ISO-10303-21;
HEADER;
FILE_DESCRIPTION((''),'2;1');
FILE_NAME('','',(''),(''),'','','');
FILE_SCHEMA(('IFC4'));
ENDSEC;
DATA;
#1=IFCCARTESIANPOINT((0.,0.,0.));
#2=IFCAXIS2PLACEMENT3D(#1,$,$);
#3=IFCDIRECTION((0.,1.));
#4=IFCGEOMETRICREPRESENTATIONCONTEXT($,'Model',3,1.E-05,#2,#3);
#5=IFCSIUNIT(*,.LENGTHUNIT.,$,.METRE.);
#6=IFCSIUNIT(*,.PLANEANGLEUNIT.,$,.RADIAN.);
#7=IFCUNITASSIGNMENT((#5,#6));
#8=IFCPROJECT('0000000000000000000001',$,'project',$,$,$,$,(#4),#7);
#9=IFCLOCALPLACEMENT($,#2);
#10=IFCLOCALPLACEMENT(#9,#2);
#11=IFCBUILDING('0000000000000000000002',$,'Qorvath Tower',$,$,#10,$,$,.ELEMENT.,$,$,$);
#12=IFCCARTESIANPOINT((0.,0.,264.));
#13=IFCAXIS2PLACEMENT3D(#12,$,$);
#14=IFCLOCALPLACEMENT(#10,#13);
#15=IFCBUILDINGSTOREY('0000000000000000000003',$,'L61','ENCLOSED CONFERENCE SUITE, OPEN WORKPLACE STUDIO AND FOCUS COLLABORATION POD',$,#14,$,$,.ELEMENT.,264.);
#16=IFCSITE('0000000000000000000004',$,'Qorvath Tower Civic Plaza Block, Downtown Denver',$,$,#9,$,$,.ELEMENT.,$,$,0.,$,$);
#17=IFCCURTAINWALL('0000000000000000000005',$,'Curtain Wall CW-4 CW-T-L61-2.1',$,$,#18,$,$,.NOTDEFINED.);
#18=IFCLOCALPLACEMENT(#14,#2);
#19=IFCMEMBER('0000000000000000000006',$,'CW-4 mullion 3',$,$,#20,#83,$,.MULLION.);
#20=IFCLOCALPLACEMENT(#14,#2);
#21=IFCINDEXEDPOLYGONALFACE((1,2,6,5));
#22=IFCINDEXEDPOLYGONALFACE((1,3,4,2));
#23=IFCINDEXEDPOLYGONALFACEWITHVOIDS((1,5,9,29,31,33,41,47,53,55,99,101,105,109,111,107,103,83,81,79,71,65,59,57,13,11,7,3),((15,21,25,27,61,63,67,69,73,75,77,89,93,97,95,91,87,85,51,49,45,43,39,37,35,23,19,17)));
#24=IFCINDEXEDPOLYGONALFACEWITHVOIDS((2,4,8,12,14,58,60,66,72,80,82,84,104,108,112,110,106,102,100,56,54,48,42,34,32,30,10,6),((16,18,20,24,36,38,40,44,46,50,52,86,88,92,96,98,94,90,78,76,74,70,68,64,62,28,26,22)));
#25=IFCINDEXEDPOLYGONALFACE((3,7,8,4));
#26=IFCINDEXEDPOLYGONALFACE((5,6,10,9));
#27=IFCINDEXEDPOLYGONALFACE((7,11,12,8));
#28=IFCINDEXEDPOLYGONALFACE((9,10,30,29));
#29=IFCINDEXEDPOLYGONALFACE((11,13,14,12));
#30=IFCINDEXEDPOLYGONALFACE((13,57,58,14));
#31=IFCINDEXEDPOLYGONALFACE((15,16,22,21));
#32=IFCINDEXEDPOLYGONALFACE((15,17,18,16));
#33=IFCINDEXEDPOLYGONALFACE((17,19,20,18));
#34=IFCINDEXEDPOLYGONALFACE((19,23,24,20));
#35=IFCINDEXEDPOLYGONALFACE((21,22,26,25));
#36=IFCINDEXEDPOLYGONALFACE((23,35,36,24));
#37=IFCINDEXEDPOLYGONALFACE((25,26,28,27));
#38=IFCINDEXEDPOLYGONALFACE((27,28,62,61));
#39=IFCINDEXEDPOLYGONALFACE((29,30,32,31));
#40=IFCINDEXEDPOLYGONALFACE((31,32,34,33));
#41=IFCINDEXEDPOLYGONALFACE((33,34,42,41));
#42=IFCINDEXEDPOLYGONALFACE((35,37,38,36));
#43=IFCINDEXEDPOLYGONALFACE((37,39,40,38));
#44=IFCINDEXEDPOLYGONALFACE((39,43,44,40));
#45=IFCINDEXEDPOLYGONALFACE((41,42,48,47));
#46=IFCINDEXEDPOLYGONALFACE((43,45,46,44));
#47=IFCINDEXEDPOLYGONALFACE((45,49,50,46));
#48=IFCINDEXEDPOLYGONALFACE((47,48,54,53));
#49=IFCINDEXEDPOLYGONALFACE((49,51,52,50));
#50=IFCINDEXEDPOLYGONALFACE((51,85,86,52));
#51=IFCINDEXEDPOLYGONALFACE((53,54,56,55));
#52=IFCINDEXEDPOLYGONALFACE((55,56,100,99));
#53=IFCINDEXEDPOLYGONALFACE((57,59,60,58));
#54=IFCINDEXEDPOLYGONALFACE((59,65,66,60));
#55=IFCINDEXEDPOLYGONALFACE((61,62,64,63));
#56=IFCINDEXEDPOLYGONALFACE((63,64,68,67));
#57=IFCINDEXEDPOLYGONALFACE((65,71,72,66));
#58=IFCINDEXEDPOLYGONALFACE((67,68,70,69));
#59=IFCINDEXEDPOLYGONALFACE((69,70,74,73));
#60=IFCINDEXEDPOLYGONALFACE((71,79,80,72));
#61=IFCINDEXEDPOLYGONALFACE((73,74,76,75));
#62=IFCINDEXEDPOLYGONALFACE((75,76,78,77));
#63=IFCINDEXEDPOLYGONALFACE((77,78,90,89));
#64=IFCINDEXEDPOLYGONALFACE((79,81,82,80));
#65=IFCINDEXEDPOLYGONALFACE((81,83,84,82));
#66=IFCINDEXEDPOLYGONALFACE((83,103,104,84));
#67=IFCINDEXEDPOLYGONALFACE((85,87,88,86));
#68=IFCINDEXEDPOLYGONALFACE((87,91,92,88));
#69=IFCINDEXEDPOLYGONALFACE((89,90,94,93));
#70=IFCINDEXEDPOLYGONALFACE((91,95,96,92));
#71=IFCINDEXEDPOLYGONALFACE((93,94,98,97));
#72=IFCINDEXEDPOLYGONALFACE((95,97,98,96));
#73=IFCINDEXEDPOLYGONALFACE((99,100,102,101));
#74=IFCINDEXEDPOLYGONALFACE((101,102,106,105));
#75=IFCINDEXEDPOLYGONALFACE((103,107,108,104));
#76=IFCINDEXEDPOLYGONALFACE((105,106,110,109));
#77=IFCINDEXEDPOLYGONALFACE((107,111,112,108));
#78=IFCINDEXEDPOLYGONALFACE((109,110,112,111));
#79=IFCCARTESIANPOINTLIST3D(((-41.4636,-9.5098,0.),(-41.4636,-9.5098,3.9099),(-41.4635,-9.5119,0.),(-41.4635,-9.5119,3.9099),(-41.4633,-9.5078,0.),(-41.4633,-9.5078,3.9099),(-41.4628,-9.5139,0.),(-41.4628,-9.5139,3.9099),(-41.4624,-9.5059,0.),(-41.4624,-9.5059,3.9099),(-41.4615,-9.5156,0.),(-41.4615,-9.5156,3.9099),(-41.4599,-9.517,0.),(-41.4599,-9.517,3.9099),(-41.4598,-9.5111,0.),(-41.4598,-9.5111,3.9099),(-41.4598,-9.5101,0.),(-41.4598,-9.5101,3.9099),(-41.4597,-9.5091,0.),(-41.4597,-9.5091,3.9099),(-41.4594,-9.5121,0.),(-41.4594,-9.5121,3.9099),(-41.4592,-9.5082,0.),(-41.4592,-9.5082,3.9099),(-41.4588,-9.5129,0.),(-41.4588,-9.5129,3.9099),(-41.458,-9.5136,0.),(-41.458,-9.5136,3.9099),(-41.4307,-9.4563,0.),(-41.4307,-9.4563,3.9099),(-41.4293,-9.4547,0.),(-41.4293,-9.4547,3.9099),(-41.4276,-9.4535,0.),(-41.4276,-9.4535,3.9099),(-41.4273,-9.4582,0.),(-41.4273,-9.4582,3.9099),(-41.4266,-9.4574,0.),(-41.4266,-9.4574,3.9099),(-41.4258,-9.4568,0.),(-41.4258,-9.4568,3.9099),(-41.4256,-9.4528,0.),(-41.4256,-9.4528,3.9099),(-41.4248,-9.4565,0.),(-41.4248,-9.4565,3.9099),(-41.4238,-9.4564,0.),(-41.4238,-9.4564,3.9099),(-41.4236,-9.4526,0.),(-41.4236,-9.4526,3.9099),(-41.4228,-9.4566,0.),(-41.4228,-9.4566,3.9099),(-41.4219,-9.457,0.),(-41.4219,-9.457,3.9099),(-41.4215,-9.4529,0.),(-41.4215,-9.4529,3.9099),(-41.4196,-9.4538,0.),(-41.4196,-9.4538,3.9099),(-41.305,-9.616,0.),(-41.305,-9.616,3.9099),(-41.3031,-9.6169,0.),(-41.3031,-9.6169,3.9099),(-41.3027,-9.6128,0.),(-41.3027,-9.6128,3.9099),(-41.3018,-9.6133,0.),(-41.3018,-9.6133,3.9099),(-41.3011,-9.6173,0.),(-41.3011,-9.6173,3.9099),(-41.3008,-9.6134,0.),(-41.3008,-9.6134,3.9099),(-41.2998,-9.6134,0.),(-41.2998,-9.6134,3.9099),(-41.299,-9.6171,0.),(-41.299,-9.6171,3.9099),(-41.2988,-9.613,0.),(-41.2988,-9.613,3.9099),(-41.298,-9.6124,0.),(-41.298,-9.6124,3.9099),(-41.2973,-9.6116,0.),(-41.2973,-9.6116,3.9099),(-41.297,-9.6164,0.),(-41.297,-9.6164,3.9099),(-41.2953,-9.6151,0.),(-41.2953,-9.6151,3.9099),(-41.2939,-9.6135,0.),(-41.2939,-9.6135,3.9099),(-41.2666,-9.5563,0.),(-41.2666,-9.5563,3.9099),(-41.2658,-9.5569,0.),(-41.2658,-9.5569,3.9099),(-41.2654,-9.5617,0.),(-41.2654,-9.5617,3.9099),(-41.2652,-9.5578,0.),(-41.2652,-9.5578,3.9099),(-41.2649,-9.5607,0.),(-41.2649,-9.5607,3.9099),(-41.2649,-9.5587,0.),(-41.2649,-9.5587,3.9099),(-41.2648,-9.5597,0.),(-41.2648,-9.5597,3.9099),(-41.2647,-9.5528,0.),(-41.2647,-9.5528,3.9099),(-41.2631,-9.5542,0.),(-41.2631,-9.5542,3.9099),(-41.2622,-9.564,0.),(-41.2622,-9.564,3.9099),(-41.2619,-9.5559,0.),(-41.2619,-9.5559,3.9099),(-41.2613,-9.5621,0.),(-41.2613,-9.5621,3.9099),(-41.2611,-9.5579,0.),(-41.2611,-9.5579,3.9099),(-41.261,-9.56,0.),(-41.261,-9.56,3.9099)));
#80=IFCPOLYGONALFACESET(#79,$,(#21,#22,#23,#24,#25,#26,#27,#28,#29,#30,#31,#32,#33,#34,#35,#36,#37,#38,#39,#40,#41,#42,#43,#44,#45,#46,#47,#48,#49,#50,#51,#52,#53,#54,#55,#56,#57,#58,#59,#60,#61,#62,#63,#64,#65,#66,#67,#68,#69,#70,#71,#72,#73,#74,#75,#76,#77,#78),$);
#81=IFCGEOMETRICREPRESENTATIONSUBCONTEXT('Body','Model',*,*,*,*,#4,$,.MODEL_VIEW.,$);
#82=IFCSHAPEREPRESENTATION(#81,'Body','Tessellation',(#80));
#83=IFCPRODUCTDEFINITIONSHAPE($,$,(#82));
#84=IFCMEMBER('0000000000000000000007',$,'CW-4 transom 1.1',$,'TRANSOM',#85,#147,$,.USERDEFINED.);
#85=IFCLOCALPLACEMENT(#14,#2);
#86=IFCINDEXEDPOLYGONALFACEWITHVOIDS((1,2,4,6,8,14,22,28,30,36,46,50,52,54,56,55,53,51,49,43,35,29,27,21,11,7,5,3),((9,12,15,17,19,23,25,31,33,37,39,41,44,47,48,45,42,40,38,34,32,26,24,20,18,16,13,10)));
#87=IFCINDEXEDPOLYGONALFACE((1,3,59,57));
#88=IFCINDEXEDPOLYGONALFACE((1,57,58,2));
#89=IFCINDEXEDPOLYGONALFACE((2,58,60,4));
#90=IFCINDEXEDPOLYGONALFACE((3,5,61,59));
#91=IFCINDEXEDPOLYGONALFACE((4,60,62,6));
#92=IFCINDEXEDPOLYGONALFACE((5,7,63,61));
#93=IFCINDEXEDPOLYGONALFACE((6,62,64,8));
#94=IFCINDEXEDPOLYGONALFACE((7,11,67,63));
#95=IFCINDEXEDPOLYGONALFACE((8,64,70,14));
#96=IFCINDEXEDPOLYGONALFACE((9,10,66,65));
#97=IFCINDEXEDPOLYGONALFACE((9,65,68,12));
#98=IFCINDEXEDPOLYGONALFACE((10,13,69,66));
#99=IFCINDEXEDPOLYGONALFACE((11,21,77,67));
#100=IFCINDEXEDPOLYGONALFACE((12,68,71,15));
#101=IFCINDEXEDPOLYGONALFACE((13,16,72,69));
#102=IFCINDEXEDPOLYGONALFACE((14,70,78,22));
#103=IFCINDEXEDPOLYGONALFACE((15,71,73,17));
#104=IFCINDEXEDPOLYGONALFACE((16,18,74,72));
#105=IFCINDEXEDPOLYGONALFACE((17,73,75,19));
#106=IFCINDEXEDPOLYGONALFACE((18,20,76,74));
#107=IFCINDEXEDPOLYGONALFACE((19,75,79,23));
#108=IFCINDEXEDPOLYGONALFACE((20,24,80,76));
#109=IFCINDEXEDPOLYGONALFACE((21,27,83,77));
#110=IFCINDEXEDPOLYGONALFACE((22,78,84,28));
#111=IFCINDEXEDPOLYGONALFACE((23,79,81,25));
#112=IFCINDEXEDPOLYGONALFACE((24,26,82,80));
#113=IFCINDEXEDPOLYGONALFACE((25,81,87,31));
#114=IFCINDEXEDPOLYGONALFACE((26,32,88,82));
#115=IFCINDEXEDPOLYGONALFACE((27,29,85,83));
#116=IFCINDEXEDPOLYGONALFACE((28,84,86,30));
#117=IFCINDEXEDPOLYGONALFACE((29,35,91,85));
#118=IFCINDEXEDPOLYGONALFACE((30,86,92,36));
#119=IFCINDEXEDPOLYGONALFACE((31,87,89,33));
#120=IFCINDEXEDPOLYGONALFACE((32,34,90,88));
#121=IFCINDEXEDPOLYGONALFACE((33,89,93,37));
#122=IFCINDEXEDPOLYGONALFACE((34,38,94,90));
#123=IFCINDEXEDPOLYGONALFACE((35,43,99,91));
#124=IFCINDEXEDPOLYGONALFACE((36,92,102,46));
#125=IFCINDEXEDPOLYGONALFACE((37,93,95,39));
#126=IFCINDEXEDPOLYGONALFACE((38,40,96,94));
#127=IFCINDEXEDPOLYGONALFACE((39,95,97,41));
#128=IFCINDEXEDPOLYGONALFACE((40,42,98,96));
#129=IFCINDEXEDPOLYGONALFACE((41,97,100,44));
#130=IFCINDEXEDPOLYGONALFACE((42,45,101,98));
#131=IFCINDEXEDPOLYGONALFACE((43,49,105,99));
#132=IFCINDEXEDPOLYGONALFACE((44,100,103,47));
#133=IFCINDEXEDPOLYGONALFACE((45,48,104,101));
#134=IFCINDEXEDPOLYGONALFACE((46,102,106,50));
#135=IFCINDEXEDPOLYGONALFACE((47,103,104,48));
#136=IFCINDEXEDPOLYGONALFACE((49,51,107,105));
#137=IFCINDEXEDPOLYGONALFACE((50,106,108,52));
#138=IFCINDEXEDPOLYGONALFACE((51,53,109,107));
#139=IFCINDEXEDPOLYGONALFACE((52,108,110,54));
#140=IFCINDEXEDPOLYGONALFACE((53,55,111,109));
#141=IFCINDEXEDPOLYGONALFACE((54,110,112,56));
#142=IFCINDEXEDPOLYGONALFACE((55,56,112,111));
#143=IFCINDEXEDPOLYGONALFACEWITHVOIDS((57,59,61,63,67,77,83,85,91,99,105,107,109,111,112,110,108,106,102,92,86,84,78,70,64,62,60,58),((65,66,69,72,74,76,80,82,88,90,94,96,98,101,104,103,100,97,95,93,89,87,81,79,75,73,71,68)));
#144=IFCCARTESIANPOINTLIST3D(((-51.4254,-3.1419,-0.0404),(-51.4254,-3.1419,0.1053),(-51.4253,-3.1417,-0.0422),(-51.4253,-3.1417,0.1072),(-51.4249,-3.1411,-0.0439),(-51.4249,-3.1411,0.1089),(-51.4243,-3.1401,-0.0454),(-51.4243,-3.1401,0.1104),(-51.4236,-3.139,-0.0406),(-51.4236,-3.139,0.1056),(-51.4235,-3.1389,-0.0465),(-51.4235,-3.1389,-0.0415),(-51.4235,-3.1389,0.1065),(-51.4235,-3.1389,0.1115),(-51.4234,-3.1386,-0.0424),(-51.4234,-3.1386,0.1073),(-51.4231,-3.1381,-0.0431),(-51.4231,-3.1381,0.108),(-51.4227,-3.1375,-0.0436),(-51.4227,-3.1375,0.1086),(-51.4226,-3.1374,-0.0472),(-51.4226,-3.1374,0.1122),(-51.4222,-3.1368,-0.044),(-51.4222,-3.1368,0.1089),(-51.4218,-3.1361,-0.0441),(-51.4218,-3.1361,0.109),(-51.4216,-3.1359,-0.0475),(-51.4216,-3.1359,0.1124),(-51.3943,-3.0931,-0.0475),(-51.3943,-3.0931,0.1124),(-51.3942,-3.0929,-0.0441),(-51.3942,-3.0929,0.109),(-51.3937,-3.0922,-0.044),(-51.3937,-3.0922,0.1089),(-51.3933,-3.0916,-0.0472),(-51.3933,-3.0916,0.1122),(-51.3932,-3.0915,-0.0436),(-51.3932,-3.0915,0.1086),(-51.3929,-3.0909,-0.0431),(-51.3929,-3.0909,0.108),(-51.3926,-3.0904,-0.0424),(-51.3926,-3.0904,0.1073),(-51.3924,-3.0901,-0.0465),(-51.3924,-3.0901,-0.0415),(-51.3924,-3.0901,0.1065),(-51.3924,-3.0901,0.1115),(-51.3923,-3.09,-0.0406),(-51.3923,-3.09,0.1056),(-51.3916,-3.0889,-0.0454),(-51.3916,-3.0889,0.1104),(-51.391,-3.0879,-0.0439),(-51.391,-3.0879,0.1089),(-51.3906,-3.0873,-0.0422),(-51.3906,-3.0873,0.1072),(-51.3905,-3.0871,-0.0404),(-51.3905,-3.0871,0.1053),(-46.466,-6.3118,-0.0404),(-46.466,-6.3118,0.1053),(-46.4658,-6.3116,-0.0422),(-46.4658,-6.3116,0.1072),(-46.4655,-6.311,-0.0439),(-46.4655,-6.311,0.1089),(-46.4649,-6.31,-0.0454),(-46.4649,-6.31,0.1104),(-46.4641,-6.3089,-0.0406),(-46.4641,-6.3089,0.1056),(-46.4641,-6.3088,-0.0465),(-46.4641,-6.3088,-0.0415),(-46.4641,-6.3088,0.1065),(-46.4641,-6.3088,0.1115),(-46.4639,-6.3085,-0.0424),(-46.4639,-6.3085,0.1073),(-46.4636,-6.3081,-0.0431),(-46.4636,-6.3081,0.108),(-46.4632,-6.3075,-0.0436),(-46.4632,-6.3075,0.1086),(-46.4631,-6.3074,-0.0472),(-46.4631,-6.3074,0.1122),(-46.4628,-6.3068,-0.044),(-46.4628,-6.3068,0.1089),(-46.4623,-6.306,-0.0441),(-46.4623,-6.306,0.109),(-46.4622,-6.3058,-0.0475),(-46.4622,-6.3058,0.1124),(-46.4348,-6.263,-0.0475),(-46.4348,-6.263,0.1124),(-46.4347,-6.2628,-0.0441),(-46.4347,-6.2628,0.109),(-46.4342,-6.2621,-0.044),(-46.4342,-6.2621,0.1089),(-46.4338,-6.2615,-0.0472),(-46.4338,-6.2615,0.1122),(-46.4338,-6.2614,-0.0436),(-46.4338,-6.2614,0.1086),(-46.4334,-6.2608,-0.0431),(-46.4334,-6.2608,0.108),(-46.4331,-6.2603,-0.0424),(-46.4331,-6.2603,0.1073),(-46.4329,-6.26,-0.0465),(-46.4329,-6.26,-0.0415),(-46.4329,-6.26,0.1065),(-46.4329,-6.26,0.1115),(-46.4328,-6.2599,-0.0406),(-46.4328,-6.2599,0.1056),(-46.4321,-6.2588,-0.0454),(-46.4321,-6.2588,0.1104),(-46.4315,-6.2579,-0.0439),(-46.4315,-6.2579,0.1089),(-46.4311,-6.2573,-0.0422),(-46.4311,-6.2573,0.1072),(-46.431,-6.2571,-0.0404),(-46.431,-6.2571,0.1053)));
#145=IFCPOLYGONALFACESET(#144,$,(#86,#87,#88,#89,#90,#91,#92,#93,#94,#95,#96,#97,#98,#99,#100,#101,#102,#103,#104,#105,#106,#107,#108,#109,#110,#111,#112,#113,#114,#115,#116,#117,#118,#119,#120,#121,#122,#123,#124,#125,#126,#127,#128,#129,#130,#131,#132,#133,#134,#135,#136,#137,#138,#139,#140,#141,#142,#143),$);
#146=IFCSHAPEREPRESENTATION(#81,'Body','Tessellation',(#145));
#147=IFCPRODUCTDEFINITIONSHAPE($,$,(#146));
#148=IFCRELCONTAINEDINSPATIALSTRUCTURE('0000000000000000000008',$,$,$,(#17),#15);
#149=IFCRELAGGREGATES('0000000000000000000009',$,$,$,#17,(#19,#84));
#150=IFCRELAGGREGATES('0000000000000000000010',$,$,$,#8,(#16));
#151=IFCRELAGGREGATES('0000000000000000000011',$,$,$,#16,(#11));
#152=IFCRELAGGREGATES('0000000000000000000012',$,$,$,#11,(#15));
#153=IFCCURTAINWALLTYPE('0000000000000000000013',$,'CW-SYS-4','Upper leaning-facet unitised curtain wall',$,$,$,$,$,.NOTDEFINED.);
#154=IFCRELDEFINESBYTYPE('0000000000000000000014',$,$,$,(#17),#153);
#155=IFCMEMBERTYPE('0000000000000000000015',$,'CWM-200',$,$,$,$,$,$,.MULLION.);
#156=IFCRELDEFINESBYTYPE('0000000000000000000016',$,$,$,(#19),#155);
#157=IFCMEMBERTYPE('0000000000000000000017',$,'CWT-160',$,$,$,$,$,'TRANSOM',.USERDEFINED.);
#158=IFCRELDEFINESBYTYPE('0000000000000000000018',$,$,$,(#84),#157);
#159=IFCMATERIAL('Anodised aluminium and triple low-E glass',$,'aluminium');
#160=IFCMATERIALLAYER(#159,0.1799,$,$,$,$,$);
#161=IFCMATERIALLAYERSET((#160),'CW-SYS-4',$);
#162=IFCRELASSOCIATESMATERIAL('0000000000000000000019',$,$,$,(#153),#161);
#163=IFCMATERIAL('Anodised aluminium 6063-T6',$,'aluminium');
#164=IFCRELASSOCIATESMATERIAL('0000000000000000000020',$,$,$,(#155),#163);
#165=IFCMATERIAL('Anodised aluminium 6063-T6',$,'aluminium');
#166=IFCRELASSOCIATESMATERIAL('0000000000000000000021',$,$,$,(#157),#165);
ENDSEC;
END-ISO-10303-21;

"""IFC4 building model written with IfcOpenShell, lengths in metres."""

from ifc_helpers import new_model, si_unit, direction, frame, origin, origin_2d, place, context, subcontext, project, spatial, hollow_rectangle, extrude, material, layer, layer_set, material_profile, profile_set, type_object, element, aggregate, save


model = new_model("IFC4")

# Units and contexts
model_context = context("Model", 3, precision=1e-05, world=origin(), true_north=direction((0.0, 1.0)))
body_context = subcontext(model_context, "Body", "Model", "MODEL_VIEW")
ifc_project = project(units=[si_unit("LENGTHUNIT", "METRE"), si_unit("PLANEANGLEUNIT", "RADIAN")], contexts=[model_context])

# Site, building, storey
site_placement = place(None, origin())
site = spatial("IfcSite", under=ifc_project, at=site_placement, Name="Qorvath Tower Civic Plaza Block, Downtown Denver", CompositionType="ELEMENT", RefElevation=0.0)
building_placement = place(site_placement, origin())
building = spatial("IfcBuilding", under=site, at=building_placement, Name="Qorvath Tower", CompositionType="ELEMENT")
storey_placement = place(building_placement, frame((0.0, 0.0, 264.0)))
storey = spatial("IfcBuildingStorey", under=building, at=storey_placement, Name="L61", Description="ENCLOSED CONFERENCE SUITE, OPEN WORKPLACE STUDIO AND FOCUS COLLABORATION POD", CompositionType="ELEMENT", Elevation=264.0)

# Curtain wall, members
ifc_material_1 = material(Name="Anodised aluminium and triple low-E glass", Category="aluminium")
ifc_layer_1 = layer(ifc_material_1, 0.1799)
ifc_layer_set_1 = layer_set([ifc_layer_1], Name="CW-SYS-4")
curtain_wall_type = type_object("IfcCurtainWallType", Name="CW-SYS-4", Description="Upper leaning-facet unitised curtain wall", PredefinedType="NOTDEFINED", material=ifc_layer_set_1)
curtain_wall_placement = place(storey_placement, origin())
curtain_wall = element("IfcCurtainWall", 1, at=curtain_wall_placement, inside=storey, type_object=curtain_wall_type, Name="Curtain Wall CW-4 CW-T-L61-2.1", PredefinedType="NOTDEFINED")
ifc_material_2 = material(Name="Anodised aluminium 6063-T6", Category="aluminium")
ifc_material_profile_1 = material_profile(ifc_material_2, hollow_rectangle(XDim=0.075, YDim=0.2, WallThickness=0.0039, InnerFilletRadius=0.0039, OuterFilletRadius=0.0081, at=origin_2d()), Name="CWM 200x75")
ifc_profile_set_1 = profile_set([ifc_material_profile_1], Name="Anodised aluminium 6063-T6")
member_type_1 = type_object("IfcMemberType", Name="CWM-200", PredefinedType="MULLION", material=ifc_profile_set_1)
member_1_placement = place(storey_placement, frame((-41.3623, -9.5349, 0.0), z_axis=(0.0, 0.0, 1.0), x_axis=(0.538529, 0.842607, 0.0)))
member_1 = element("IfcMember", 2, at=member_1_placement, type_object=member_type_1, Name="CW-4 mullion 3", PredefinedType="MULLION", context=body_context, shape_type="SweptSolid", body=[
    extrude(hollow_rectangle(XDim=0.075, YDim=0.2, WallThickness=0.0039, InnerFilletRadius=0.0039, OuterFilletRadius=0.0081, at=origin_2d()), origin(), (0.0, 0.0, 1.0), 3.9099),
])
ifc_material_3 = material(Name="Anodised aluminium 6063-T6", Category="aluminium")
ifc_material_profile_2 = material_profile(ifc_material_3, hollow_rectangle(XDim=0.0649, YDim=0.1599, WallThickness=0.0034, InnerFilletRadius=0.0034, OuterFilletRadius=0.0071, at=origin_2d()), Name="CWT 160x65")
ifc_profile_set_2 = profile_set([ifc_material_profile_2], Name="Anodised aluminium 6063-T6")
member_type_2 = type_object("IfcMemberType", Name="CWT-160", ElementType="TRANSOM", PredefinedType="USERDEFINED", material=ifc_profile_set_2)
member_2_placement = place(storey_placement, frame((-51.408, -3.1145, 0.0325), z_axis=(0.842591, -0.538555, 0.0), x_axis=(0.538555, 0.842591, 0.0)))
member_2 = element("IfcMember", 3, at=member_2_placement, type_object=member_type_2, Name="CW-4 transom 1.1", ObjectType="TRANSOM", PredefinedType="USERDEFINED", context=body_context, shape_type="SweptSolid", body=[
    extrude(hollow_rectangle(XDim=0.0649, YDim=0.1599, WallThickness=0.0034, InnerFilletRadius=0.0034, OuterFilletRadius=0.0071, at=origin_2d()), origin(), (0.0, 0.0, 1.0), 5.886),
])
aggregate(curtain_wall, [member_1, member_2])

save(model, "model.ifc")
